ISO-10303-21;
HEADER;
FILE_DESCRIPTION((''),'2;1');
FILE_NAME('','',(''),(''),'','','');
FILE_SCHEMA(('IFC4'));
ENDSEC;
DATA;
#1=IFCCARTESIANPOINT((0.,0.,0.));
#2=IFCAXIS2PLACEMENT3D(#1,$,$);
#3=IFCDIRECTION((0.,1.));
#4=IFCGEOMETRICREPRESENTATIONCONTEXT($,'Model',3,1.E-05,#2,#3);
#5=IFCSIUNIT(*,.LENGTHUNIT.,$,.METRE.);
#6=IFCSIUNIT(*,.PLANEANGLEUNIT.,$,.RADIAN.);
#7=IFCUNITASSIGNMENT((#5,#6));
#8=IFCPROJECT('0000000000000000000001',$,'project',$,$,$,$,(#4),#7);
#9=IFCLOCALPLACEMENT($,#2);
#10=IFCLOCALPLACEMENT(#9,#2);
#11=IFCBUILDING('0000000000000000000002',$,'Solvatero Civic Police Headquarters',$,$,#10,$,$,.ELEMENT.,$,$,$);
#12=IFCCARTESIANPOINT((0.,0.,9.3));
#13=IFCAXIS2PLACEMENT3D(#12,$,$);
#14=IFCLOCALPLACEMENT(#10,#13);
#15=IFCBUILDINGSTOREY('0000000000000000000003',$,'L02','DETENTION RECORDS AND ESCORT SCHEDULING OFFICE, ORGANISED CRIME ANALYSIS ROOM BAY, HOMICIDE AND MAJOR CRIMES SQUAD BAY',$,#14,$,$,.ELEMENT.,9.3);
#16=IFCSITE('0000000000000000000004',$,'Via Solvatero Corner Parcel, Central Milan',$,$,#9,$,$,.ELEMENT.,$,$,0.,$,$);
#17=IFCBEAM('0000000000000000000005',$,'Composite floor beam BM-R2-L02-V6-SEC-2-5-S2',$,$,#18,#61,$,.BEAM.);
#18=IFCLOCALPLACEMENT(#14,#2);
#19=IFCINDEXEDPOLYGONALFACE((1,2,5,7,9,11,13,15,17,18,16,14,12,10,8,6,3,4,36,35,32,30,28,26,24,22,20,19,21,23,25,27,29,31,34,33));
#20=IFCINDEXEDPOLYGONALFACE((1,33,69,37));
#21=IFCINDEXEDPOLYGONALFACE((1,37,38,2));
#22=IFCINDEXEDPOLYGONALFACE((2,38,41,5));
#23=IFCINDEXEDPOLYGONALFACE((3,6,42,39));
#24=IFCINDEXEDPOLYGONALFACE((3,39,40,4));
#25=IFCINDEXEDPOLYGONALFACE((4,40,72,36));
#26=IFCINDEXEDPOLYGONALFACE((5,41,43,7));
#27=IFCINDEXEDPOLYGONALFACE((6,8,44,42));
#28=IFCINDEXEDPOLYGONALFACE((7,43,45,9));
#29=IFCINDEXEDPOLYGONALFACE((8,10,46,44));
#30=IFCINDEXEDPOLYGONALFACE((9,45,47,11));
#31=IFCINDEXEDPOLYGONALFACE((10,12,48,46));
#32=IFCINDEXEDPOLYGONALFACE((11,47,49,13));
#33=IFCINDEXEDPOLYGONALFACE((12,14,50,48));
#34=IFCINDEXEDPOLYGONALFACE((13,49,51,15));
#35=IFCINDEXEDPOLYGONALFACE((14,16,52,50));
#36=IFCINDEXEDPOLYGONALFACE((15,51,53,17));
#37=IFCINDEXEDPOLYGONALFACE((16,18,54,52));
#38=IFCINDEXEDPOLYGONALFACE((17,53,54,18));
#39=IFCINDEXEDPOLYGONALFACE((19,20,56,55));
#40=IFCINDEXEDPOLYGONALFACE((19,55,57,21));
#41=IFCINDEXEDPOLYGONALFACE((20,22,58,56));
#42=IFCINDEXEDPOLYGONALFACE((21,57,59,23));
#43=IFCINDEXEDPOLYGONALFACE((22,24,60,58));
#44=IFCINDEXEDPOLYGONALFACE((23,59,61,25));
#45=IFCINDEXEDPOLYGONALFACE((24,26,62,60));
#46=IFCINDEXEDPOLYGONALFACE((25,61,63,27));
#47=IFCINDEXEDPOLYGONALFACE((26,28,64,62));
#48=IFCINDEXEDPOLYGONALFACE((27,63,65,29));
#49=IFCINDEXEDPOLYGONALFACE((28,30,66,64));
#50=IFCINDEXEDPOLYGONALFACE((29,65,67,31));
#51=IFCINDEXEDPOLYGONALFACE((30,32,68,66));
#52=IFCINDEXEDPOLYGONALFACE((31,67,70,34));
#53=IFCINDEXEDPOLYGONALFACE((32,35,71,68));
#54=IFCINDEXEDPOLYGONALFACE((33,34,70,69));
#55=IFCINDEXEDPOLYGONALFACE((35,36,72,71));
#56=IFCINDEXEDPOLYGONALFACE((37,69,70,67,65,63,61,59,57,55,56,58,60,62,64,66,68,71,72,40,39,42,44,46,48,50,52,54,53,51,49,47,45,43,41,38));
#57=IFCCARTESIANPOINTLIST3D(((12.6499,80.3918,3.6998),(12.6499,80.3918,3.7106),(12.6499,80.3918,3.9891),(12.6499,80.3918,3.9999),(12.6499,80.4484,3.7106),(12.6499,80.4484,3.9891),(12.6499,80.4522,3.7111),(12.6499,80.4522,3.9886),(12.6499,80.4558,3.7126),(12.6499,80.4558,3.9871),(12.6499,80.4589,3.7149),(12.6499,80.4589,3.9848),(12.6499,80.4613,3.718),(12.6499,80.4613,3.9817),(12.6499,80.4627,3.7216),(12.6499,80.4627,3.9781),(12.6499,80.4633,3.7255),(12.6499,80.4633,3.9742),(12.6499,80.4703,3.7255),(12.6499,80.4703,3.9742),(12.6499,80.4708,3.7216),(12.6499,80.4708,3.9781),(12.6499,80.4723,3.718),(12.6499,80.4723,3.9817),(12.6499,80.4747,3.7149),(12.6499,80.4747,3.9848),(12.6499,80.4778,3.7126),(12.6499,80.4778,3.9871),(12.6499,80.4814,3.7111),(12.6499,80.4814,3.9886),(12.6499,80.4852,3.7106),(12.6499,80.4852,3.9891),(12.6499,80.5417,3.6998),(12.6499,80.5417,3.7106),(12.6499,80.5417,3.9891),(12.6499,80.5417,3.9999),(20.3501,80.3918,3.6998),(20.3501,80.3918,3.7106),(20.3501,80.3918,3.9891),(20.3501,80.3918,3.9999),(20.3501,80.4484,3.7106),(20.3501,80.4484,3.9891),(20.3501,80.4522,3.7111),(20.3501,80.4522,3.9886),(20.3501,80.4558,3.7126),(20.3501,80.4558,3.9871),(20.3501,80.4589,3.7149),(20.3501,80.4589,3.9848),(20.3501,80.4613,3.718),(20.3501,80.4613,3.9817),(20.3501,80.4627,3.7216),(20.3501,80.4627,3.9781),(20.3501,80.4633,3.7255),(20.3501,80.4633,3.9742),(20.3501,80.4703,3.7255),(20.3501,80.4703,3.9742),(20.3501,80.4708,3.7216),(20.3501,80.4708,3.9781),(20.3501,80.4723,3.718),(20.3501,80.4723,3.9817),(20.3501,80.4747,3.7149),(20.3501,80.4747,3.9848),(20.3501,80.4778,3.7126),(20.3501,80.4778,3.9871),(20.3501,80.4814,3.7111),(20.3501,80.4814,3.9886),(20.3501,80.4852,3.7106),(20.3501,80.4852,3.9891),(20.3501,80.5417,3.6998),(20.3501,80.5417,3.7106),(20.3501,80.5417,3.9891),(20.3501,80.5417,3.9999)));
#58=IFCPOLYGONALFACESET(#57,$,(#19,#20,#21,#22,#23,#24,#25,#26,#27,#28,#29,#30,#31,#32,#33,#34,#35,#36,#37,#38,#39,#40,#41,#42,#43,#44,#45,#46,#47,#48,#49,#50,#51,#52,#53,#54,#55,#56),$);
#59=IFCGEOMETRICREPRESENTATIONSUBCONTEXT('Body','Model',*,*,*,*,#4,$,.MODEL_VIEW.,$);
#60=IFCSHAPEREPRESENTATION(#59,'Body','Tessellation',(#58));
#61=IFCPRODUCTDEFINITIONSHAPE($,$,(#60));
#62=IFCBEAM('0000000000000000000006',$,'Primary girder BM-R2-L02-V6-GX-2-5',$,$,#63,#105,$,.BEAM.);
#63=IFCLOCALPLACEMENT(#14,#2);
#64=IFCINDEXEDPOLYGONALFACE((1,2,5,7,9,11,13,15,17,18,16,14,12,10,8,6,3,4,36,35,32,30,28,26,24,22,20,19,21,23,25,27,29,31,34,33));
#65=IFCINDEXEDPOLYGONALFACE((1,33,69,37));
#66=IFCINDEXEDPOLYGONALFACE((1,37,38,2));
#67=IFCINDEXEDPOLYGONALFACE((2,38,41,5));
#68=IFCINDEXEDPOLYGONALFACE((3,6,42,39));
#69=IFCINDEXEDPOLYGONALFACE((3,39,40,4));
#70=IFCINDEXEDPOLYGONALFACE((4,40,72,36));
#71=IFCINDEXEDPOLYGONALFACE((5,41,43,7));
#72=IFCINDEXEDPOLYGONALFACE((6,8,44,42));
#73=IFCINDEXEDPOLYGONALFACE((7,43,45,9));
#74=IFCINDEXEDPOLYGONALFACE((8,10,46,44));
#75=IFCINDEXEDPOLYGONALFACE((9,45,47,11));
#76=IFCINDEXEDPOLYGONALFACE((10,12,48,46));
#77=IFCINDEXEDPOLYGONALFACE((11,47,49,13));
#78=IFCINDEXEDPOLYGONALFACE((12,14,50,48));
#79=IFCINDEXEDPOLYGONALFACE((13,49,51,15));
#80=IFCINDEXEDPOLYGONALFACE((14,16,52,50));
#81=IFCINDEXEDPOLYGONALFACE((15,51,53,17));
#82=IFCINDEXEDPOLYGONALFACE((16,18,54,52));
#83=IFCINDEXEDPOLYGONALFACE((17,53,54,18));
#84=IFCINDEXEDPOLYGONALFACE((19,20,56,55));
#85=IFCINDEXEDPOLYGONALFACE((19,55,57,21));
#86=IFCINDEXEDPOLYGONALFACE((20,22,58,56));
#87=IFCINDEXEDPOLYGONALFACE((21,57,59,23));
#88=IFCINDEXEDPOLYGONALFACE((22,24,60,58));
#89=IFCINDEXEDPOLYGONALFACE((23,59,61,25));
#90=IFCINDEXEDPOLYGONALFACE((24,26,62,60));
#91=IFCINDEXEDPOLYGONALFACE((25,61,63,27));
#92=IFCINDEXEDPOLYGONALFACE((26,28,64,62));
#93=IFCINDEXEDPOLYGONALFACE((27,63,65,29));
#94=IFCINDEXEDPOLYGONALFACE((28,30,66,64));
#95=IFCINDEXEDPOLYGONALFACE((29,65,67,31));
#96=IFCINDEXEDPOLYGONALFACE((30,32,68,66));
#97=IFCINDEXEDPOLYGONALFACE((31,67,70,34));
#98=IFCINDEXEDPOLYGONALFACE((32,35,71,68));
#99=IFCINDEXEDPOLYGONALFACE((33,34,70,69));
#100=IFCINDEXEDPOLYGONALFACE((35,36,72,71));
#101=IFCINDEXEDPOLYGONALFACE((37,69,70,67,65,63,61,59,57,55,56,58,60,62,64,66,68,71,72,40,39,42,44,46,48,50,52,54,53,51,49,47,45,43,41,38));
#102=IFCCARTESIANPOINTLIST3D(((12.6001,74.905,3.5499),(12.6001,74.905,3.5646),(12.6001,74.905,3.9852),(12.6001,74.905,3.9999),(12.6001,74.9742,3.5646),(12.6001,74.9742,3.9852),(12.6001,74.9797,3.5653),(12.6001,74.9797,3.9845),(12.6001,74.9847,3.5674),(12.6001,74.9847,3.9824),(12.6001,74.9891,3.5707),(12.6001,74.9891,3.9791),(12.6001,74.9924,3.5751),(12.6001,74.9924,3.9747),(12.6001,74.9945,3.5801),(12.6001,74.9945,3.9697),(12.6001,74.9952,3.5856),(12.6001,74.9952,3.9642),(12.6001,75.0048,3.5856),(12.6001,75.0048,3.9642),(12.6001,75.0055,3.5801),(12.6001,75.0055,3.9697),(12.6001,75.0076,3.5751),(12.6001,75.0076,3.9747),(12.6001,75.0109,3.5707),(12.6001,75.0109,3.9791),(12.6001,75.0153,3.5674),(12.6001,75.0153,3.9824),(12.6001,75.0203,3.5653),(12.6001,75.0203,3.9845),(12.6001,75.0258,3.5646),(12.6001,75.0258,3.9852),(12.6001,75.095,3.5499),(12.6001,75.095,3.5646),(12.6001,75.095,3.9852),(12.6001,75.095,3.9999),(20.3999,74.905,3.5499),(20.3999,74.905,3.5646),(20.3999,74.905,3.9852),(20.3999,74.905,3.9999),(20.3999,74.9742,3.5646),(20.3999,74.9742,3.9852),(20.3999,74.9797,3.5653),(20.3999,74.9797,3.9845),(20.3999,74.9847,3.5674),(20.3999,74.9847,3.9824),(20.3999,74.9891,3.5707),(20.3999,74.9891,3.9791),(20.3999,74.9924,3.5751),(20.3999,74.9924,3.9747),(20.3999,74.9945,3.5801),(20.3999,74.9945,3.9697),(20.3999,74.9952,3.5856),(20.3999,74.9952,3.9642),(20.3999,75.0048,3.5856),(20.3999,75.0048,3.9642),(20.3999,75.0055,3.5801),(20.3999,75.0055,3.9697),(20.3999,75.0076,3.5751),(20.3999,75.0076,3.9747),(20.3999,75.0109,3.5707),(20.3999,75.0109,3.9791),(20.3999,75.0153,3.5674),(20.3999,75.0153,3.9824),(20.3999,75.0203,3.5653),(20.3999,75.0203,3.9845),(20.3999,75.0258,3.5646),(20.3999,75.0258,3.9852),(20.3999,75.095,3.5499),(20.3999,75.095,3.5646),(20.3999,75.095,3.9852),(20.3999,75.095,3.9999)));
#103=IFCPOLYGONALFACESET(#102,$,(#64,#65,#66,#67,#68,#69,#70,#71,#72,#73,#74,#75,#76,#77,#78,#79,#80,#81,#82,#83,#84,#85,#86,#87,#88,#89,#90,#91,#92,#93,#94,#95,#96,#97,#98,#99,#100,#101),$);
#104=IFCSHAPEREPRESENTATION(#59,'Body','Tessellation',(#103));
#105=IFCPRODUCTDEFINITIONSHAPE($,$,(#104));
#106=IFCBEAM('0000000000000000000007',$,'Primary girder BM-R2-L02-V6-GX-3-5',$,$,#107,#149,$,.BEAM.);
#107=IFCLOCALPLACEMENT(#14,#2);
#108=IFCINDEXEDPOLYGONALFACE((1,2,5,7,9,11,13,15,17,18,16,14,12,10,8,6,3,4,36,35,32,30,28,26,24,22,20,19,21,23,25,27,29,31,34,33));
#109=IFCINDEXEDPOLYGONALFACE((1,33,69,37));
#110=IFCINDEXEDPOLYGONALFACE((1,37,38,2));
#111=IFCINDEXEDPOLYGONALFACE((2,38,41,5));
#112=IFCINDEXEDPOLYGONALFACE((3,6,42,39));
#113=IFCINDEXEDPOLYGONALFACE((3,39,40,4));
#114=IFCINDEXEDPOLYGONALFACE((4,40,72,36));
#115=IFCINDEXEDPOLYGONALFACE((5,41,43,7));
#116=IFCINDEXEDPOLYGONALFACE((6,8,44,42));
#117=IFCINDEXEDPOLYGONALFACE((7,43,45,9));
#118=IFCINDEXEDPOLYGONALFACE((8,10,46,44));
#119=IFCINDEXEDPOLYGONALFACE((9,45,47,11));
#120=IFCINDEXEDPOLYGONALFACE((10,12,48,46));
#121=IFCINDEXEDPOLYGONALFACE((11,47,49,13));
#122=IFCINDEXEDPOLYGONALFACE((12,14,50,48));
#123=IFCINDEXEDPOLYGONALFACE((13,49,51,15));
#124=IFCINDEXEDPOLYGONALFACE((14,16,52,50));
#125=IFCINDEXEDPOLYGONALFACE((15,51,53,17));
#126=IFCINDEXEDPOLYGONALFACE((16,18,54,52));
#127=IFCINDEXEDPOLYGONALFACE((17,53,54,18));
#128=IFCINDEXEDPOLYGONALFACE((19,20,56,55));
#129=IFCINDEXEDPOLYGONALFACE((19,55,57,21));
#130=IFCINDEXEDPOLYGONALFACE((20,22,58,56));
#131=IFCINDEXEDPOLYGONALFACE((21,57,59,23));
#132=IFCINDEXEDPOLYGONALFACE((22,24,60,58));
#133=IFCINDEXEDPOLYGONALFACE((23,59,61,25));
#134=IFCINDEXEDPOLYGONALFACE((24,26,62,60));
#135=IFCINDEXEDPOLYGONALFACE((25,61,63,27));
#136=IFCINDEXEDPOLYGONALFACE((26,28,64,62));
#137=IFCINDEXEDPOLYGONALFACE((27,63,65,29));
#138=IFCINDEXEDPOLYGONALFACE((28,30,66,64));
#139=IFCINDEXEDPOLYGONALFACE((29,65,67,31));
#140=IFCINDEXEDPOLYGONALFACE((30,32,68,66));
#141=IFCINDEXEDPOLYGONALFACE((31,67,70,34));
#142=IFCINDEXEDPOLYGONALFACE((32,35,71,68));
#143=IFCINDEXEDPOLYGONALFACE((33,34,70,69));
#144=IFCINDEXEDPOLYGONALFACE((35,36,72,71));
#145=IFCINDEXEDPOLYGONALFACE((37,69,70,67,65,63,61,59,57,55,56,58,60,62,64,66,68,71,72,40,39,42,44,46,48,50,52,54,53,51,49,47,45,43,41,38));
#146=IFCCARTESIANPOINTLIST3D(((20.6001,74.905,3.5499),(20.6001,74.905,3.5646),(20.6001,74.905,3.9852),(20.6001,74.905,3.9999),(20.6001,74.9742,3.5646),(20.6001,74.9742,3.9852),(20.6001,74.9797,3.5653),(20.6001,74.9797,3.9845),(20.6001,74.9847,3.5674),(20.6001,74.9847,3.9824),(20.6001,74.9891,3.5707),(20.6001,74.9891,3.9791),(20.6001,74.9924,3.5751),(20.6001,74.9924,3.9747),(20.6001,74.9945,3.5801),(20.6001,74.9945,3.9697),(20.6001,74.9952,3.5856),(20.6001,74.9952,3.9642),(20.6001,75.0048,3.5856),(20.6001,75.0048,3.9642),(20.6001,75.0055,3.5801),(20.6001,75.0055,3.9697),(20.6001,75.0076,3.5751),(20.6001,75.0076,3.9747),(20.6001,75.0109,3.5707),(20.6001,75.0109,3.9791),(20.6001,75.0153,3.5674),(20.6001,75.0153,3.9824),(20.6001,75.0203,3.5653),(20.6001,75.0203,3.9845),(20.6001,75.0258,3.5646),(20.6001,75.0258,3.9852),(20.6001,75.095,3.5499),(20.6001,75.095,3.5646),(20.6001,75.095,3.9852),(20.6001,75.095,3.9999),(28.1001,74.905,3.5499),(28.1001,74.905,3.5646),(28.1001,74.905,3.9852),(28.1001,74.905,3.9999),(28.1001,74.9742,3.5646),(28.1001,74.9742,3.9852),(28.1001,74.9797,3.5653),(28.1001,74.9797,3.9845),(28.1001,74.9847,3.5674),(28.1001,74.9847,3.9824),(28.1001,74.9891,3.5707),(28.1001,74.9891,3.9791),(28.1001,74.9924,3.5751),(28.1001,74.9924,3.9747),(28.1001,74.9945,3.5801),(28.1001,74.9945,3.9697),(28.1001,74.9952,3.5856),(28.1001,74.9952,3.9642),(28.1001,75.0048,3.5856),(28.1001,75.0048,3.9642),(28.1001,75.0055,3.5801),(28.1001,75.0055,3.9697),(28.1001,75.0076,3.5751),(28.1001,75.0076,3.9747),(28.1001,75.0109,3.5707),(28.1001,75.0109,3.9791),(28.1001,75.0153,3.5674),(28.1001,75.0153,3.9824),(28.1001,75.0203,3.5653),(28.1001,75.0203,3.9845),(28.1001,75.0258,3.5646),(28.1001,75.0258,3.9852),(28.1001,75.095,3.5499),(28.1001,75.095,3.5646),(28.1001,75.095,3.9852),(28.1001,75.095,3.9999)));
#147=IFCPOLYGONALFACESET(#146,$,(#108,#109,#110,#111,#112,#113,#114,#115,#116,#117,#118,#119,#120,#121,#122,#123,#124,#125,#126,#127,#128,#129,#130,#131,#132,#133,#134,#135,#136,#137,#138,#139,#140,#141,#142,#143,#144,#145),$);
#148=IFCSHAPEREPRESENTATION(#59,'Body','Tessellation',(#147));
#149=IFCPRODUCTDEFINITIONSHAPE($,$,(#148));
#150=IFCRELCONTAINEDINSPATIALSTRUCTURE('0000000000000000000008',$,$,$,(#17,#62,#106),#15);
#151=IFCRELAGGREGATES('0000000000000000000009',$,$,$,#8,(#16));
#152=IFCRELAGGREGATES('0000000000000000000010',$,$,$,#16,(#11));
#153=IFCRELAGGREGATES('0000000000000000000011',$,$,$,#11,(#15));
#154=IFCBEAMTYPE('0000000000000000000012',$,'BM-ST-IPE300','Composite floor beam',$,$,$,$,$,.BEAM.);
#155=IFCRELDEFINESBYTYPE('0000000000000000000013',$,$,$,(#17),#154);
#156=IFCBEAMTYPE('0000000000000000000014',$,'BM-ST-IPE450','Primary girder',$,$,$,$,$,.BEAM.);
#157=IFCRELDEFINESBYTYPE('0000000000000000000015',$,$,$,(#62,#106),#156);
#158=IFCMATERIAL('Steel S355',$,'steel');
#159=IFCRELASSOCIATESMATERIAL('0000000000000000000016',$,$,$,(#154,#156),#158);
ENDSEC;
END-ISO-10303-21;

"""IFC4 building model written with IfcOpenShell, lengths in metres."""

from ifc_helpers import new_model, si_unit, direction, frame, origin, origin_2d, place, context, subcontext, project, spatial, i_section, extrude, material, material_profile, profile_set, type_object, element, save


model = new_model("IFC4")

# Units and contexts
model_context = context("Model", 3, precision=1e-05, world=origin(), true_north=direction((0.0, 1.0)))
body_context = subcontext(model_context, "Body", "Model", "MODEL_VIEW")
ifc_project = project(units=[si_unit("LENGTHUNIT", "METRE"), si_unit("PLANEANGLEUNIT", "RADIAN")], contexts=[model_context])

# Site, building, storey
site_placement = place(None, origin())
site = spatial("IfcSite", under=ifc_project, at=site_placement, Name="Via Solvatero Corner Parcel, Central Milan", CompositionType="ELEMENT", RefElevation=0.0)
building_placement = place(site_placement, origin())
building = spatial("IfcBuilding", under=site, at=building_placement, Name="Solvatero Civic Police Headquarters", CompositionType="ELEMENT")
storey_placement = place(building_placement, frame((0.0, 0.0, 9.3)))
storey = spatial("IfcBuildingStorey", under=building, at=storey_placement, Name="L02", Description="DETENTION RECORDS AND ESCORT SCHEDULING OFFICE, ORGANISED CRIME ANALYSIS ROOM BAY, HOMICIDE AND MAJOR CRIMES SQUAD BAY", CompositionType="ELEMENT", Elevation=9.3)

# Shared definitions
ifc_material_1 = material(Name="Steel S355", Category="steel")

# Beams
ifc_material_profile_1 = material_profile(ifc_material_1, i_section(OverallWidth=0.1499, OverallDepth=0.3, WebThickness=0.0071, FlangeThickness=0.0107, FilletRadius=0.0149, at=origin_2d()), Name="IPE 300")
ifc_profile_set_1 = profile_set([ifc_material_profile_1], Name="Steel S355")
beam_type_1 = type_object("IfcBeamType", Name="BM-ST-IPE300", Description="Composite floor beam", PredefinedType="BEAM", material=ifc_profile_set_1)
for number, where, z_axis, x_axis, name in (
    (1, (12.6499, 80.4668, 3.8499), (1.0, 0.0, 0.0), (0.0, 1.0, 0.0), "Composite floor beam BM-R2-L02-V6-SEC-2-5-S2"),
):
    element("IfcBeam", number, at=place(storey_placement, frame(where, z_axis=z_axis, x_axis=x_axis)), inside=storey, type_object=beam_type_1, Name=name, PredefinedType="BEAM", context=body_context, shape_type="SweptSolid", body=[
        extrude(i_section(OverallWidth=0.1499, OverallDepth=0.3, WebThickness=0.0071, FlangeThickness=0.0107, FilletRadius=0.0149, at=origin_2d()), origin(), (0.0, 0.0, 1.0), 7.7002),
    ])
ifc_material_profile_2 = material_profile(ifc_material_1, i_section(OverallWidth=0.1899, OverallDepth=0.45, WebThickness=0.0095, FlangeThickness=0.0146, FilletRadius=0.021, at=origin_2d()), Name="IPE 450")
ifc_profile_set_2 = profile_set([ifc_material_profile_2], Name="Steel S355")
beam_type_2 = type_object("IfcBeamType", Name="BM-ST-IPE450", Description="Primary girder", PredefinedType="BEAM", material=ifc_profile_set_2)
beam_1_placement = place(storey_placement, frame((12.6001, 75.0, 3.7749), z_axis=(1.0, 0.0, 0.0), x_axis=(0.0, 1.0, 0.0)))
element("IfcBeam", 2, at=beam_1_placement, inside=storey, type_object=beam_type_2, Name="Primary girder BM-R2-L02-V6-GX-2-5", PredefinedType="BEAM", context=body_context, shape_type="SweptSolid", body=[
    extrude(i_section(OverallWidth=0.1899, OverallDepth=0.45, WebThickness=0.0095, FlangeThickness=0.0146, FilletRadius=0.021, at=origin_2d()), origin(), (0.0, 0.0, 1.0), 7.7998),
])
beam_2_placement = place(storey_placement, frame((20.6001, 75.0, 3.7749), z_axis=(1.0, 0.0, 0.0), x_axis=(0.0, 1.0, 0.0)))
element("IfcBeam", 3, at=beam_2_placement, inside=storey, type_object=beam_type_2, Name="Primary girder BM-R2-L02-V6-GX-3-5", PredefinedType="BEAM", context=body_context, shape_type="SweptSolid", body=[
    extrude(i_section(OverallWidth=0.1899, OverallDepth=0.45, WebThickness=0.0095, FlangeThickness=0.0146, FilletRadius=0.021, at=origin_2d()), origin(), (0.0, 0.0, 1.0), 7.5),
])

save(model, "model.ifc")
